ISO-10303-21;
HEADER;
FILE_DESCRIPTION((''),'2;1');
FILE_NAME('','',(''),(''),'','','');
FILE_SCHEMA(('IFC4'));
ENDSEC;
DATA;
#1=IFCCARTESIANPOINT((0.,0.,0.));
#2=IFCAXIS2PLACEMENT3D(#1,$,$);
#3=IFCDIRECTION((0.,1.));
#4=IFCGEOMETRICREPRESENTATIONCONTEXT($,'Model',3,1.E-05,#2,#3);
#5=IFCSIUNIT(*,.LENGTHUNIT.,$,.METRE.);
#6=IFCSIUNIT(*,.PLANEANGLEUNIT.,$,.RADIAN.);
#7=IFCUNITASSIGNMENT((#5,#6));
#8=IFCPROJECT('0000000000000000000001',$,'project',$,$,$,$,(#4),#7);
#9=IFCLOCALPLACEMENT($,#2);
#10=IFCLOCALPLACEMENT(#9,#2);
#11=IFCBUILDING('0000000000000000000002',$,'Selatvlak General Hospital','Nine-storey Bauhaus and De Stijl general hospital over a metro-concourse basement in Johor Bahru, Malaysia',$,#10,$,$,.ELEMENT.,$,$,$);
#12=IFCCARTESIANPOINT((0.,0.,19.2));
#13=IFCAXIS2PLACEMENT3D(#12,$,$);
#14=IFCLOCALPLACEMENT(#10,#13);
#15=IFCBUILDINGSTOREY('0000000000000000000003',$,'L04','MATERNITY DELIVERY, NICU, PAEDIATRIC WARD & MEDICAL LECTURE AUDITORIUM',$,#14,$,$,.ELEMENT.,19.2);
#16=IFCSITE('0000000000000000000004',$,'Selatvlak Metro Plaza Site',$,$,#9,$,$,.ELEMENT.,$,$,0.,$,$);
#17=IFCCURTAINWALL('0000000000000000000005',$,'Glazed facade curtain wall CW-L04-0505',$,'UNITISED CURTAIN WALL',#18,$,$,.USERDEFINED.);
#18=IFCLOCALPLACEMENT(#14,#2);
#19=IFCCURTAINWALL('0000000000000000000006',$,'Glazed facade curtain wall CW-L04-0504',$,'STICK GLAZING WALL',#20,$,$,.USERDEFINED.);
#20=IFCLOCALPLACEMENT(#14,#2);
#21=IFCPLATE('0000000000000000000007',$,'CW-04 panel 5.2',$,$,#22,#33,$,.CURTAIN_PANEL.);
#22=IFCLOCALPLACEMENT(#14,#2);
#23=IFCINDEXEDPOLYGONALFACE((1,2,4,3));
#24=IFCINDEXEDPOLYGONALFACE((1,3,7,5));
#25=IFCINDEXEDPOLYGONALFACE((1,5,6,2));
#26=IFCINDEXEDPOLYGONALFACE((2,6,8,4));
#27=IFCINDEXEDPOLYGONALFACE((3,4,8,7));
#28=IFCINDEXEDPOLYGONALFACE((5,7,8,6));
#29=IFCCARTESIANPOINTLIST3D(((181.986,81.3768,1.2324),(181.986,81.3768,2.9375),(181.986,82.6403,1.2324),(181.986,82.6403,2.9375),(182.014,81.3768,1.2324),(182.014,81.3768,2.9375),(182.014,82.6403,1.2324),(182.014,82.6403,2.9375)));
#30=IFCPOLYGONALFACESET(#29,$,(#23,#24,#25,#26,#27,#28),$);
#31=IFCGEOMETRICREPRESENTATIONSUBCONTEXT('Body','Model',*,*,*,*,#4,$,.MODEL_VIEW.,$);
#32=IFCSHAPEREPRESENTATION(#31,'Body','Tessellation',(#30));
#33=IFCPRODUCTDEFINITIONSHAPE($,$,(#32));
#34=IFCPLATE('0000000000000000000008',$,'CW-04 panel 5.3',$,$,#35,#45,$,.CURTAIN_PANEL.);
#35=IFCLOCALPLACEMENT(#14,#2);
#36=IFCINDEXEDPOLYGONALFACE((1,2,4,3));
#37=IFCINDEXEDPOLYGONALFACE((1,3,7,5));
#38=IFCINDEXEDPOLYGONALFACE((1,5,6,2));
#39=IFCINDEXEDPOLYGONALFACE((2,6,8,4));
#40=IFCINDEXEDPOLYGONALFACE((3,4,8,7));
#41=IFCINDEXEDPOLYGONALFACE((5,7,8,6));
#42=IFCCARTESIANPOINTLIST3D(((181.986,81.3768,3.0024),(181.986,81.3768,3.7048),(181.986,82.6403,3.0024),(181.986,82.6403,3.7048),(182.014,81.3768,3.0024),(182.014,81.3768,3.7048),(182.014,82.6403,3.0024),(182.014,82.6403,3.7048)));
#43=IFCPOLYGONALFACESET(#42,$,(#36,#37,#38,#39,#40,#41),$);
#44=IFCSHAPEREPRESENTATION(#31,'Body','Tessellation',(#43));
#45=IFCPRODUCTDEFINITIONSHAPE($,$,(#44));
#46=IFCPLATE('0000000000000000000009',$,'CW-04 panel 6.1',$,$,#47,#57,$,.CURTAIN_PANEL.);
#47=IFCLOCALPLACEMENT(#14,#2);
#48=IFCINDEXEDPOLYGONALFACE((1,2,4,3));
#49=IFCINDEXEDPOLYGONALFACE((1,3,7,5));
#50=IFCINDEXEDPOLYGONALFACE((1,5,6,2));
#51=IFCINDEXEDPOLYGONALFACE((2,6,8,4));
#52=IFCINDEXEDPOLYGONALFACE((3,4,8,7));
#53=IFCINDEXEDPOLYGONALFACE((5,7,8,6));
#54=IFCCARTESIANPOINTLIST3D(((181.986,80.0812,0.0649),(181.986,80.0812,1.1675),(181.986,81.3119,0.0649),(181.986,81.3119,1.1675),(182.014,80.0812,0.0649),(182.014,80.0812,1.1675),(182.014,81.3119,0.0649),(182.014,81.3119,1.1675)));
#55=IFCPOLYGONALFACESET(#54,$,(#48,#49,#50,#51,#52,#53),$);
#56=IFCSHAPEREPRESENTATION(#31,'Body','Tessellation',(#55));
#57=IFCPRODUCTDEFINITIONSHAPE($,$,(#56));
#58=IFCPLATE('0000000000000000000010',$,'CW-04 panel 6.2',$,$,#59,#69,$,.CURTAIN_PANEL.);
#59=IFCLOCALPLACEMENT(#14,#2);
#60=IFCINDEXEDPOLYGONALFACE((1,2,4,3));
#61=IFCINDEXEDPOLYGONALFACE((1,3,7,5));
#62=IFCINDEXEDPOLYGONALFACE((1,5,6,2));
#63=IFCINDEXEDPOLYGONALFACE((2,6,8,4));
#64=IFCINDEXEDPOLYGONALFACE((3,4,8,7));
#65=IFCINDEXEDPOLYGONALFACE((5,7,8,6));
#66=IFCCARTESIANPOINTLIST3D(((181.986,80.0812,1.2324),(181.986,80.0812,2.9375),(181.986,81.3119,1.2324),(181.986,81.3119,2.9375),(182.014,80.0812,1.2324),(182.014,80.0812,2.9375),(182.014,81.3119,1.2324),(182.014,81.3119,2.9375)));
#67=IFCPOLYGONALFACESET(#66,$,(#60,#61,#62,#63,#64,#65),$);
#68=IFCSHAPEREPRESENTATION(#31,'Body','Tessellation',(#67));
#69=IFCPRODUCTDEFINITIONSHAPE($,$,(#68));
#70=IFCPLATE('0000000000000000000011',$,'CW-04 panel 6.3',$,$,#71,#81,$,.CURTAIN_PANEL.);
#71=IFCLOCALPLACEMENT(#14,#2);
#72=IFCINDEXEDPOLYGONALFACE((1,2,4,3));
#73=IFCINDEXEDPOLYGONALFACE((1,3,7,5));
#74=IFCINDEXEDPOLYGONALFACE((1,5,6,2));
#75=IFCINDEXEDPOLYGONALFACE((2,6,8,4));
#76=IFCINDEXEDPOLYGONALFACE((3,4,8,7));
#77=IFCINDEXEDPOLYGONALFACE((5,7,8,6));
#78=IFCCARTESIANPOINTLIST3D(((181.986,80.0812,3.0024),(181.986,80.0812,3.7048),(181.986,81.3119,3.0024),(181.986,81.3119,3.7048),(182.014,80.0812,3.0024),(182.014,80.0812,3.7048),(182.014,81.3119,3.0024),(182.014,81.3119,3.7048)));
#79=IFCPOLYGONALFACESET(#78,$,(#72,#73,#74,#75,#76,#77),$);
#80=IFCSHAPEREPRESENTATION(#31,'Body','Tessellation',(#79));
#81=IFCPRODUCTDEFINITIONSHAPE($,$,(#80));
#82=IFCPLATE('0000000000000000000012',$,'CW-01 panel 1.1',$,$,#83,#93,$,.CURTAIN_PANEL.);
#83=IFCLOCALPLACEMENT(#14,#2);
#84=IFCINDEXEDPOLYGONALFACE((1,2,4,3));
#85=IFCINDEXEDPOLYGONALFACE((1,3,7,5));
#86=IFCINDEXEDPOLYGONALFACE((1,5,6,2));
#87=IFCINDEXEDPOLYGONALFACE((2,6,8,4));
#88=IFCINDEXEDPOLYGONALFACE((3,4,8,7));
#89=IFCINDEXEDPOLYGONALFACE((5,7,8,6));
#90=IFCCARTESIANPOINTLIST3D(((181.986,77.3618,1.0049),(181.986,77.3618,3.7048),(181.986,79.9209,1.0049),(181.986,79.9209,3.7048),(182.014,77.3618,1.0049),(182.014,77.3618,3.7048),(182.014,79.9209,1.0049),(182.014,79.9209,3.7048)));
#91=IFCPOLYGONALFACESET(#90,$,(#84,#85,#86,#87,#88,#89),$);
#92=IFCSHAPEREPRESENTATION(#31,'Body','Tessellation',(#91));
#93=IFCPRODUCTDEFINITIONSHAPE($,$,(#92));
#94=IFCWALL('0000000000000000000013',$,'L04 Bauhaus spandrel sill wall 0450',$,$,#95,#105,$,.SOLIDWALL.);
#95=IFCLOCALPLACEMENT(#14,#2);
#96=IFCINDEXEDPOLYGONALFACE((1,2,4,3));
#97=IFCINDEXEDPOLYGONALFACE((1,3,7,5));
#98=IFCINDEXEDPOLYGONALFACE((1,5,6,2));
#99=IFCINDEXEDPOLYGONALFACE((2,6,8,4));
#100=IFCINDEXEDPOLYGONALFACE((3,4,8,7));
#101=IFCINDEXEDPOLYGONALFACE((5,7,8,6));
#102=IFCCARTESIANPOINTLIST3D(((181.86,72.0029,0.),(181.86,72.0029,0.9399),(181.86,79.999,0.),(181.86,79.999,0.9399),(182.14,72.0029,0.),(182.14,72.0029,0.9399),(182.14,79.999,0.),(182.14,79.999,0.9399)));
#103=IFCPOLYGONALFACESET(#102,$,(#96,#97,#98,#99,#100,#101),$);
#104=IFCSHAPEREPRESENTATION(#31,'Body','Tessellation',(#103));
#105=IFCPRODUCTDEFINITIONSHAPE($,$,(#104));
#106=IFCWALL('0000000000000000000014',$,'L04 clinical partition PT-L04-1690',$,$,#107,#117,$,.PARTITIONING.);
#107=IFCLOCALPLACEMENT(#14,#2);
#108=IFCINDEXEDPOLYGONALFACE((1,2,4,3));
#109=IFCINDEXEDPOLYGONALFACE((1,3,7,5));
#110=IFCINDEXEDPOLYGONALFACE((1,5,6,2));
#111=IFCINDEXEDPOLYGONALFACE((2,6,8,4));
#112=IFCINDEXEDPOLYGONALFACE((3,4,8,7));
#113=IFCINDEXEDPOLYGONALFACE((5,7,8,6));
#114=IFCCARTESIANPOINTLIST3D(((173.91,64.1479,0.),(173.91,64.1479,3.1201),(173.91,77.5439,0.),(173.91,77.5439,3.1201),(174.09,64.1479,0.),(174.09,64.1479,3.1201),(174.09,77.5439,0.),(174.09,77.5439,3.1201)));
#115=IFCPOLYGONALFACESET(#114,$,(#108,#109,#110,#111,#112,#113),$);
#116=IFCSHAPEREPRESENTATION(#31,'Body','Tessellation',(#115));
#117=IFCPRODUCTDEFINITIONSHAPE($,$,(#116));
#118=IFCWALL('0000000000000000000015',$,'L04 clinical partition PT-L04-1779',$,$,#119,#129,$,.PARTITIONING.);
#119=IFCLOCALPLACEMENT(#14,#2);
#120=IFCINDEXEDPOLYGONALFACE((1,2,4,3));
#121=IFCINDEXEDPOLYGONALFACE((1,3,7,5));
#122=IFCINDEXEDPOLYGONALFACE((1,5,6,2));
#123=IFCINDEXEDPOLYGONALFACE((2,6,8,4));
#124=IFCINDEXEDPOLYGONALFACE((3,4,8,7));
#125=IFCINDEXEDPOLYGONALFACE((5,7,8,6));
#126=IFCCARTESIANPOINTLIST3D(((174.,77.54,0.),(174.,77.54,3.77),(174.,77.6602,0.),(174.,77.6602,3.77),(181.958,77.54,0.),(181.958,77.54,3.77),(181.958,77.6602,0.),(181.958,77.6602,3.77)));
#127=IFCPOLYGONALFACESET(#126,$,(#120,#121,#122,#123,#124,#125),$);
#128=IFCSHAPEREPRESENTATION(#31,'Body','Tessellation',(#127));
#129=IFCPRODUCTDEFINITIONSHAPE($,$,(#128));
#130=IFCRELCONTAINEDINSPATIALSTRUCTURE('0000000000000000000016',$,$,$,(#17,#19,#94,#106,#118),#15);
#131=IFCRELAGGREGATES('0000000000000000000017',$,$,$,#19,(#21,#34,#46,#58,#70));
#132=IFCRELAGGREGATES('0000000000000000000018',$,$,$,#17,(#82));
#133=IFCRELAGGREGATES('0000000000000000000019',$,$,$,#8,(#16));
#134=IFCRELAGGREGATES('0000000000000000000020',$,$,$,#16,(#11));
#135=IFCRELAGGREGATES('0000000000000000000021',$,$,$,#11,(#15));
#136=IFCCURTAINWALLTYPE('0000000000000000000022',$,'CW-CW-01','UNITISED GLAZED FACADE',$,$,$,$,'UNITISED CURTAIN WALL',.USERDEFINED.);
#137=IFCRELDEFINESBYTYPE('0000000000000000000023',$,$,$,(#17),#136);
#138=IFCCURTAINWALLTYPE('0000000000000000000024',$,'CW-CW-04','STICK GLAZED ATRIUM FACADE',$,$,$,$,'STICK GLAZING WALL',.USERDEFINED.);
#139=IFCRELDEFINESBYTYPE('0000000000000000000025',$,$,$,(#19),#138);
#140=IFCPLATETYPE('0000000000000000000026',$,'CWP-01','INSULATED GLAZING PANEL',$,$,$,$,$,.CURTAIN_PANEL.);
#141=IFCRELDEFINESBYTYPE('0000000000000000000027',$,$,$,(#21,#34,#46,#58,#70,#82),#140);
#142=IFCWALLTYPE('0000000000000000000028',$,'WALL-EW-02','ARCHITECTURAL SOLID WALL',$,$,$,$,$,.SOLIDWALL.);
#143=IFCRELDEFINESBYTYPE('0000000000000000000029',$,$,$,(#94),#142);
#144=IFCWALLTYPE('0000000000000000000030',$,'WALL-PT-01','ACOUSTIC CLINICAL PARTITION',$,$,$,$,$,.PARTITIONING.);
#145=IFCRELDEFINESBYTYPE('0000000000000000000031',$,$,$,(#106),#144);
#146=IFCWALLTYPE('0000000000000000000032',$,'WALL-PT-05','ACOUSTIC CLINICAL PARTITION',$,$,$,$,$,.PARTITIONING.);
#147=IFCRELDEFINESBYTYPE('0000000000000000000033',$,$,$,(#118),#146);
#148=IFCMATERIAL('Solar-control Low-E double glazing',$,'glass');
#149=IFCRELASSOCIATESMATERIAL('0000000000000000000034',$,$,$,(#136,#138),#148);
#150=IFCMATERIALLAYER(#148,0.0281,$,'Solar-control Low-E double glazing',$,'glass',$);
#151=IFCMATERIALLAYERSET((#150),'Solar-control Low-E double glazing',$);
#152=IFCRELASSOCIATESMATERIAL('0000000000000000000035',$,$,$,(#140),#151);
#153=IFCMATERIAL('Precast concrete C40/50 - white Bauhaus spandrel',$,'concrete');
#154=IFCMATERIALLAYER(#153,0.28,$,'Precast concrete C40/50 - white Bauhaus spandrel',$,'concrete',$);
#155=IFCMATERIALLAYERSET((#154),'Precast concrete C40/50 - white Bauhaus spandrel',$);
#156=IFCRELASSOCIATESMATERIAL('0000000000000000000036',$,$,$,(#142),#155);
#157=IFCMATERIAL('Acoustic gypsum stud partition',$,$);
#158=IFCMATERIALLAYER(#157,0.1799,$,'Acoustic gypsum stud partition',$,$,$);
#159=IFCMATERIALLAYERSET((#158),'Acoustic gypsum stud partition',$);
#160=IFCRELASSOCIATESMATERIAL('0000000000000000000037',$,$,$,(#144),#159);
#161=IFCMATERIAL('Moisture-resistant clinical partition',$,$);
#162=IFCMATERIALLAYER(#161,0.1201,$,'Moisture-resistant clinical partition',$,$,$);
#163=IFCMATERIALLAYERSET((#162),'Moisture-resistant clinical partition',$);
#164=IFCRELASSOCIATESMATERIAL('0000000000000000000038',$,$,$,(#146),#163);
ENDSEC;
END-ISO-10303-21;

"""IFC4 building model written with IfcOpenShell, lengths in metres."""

from ifc_helpers import new_model, si_unit, direction, frame, frame_2d, origin, origin_2d, place, context, subcontext, project, spatial, rectangle, extrude, material, layer, layer_set, type_object, element, aggregate, save


model = new_model("IFC4")

# Units and contexts
model_context = context("Model", 3, precision=1e-05, world=origin(), true_north=direction((0.0, 1.0)))
body_context = subcontext(model_context, "Body", "Model", "MODEL_VIEW")
ifc_project = project(units=[si_unit("LENGTHUNIT", "METRE"), si_unit("PLANEANGLEUNIT", "RADIAN")], contexts=[model_context])

# Site, building, storey
site_placement = place(None, origin())
site = spatial("IfcSite", under=ifc_project, at=site_placement, Name="Selatvlak Metro Plaza Site", CompositionType="ELEMENT", RefElevation=0.0)
building_placement = place(site_placement, origin())
building = spatial("IfcBuilding", under=site, at=building_placement, Name="Selatvlak General Hospital", Description="Nine-storey Bauhaus and De Stijl general hospital over a metro-concourse basement in Johor Bahru, Malaysia", CompositionType="ELEMENT")
storey_placement = place(building_placement, frame((0.0, 0.0, 19.2)))
storey = spatial("IfcBuildingStorey", under=building, at=storey_placement, Name="L04", Description="MATERNITY DELIVERY, NICU, PAEDIATRIC WARD & MEDICAL LECTURE AUDITORIUM", CompositionType="ELEMENT", Elevation=19.2)

# Curtain wall
ifc_material_1 = material(Name="Solar-control Low-E double glazing", Category="glass")
curtain_wall_type_1 = type_object("IfcCurtainWallType", Name="CW-CW-01", Description="UNITISED GLAZED FACADE", ElementType="UNITISED CURTAIN WALL", PredefinedType="USERDEFINED", material=ifc_material_1)
curtain_wall_1_placement = place(storey_placement, origin())
curtain_wall_1 = element("IfcCurtainWall", 1, at=curtain_wall_1_placement, inside=storey, type_object=curtain_wall_type_1, Name="Glazed facade curtain wall CW-L04-0505", ObjectType="UNITISED CURTAIN WALL", PredefinedType="USERDEFINED")

# Curtain wall
curtain_wall_type_2 = type_object("IfcCurtainWallType", Name="CW-CW-04", Description="STICK GLAZED ATRIUM FACADE", ElementType="STICK GLAZING WALL", PredefinedType="USERDEFINED", material=ifc_material_1)
curtain_wall_2_placement = place(storey_placement, origin())
curtain_wall_2 = element("IfcCurtainWall", 2, at=curtain_wall_2_placement, inside=storey, type_object=curtain_wall_type_2, Name="Glazed facade curtain wall CW-L04-0504", ObjectType="STICK GLAZING WALL", PredefinedType="USERDEFINED")

# Plates
ifc_layer_1 = layer(ifc_material_1, 0.0281, Name="Solar-control Low-E double glazing", Category="glass")
ifc_layer_set_1 = layer_set([ifc_layer_1], Name="Solar-control Low-E double glazing")
plate_type = type_object("IfcPlateType", Name="CWP-01", Description="INSULATED GLAZING PANEL", PredefinedType="CURTAIN_PANEL", material=ifc_layer_set_1)
plate_1_placement = place(storey_placement, frame((182.0, 82.0085, 1.2324), z_axis=(0.0, 0.0, 1.0), x_axis=(0.0, -1.0, 0.0)))
plate_1 = element("IfcPlate", 3, at=plate_1_placement, type_object=plate_type, Name="CW-04 panel 5.2", PredefinedType="CURTAIN_PANEL", context=body_context, shape_type="SweptSolid", body=[
    extrude(rectangle(XDim=1.2634, YDim=0.0281, at=origin_2d()), origin(), (0.0, 0.0, 1.0), 1.7051),
])
plate_2_placement = place(storey_placement, frame((182.0, 82.0085, 3.0024), z_axis=(0.0, 0.0, 1.0), x_axis=(0.0, -1.0, 0.0)))
plate_2 = element("IfcPlate", 4, at=plate_2_placement, type_object=plate_type, Name="CW-04 panel 5.3", PredefinedType="CURTAIN_PANEL", context=body_context, shape_type="SweptSolid", body=[
    extrude(rectangle(XDim=1.2634, YDim=0.0281, at=origin_2d()), origin(), (0.0, 0.0, 1.0), 0.7024),
])
plate_3_placement = place(storey_placement, frame((182.0, 80.6965, 0.0649), z_axis=(0.0, 0.0, 1.0), x_axis=(0.0, -1.0, 0.0)))
plate_3 = element("IfcPlate", 5, at=plate_3_placement, type_object=plate_type, Name="CW-04 panel 6.1", PredefinedType="CURTAIN_PANEL", context=body_context, shape_type="SweptSolid", body=[
    extrude(rectangle(XDim=1.2307, YDim=0.0281, at=origin_2d()), origin(), (0.0, 0.0, 1.0), 1.1025),
])
plate_4_placement = place(storey_placement, frame((182.0, 80.6965, 1.2324), z_axis=(0.0, 0.0, 1.0), x_axis=(0.0, -1.0, 0.0)))
plate_4 = element("IfcPlate", 6, at=plate_4_placement, type_object=plate_type, Name="CW-04 panel 6.2", PredefinedType="CURTAIN_PANEL", context=body_context, shape_type="SweptSolid", body=[
    extrude(rectangle(XDim=1.2307, YDim=0.0281, at=origin_2d()), origin(), (0.0, 0.0, 1.0), 1.7051),
])
plate_5_placement = place(storey_placement, frame((182.0, 80.6965, 3.0024), z_axis=(0.0, 0.0, 1.0), x_axis=(0.0, -1.0, 0.0)))
plate_5 = element("IfcPlate", 7, at=plate_5_placement, type_object=plate_type, Name="CW-04 panel 6.3", PredefinedType="CURTAIN_PANEL", context=body_context, shape_type="SweptSolid", body=[
    extrude(rectangle(XDim=1.2307, YDim=0.0281, at=origin_2d()), origin(), (0.0, 0.0, 1.0), 0.7024),
])
aggregate(curtain_wall_2, [plate_1, plate_2, plate_3, plate_4, plate_5])
plate_6_placement = place(storey_placement, frame((182.0, 78.6414, 1.0049), z_axis=(0.0, 0.0, 1.0), x_axis=(0.0, -1.0, 0.0)))
plate_6 = element("IfcPlate", 8, at=plate_6_placement, type_object=plate_type, Name="CW-01 panel 1.1", PredefinedType="CURTAIN_PANEL", context=body_context, shape_type="SweptSolid", body=[
    extrude(rectangle(XDim=2.5591, YDim=0.0281, at=origin_2d()), origin(), (0.0, 0.0, 1.0), 2.7),
])
aggregate(curtain_wall_1, [plate_6])

# Walls
ifc_material_2 = material(Name="Precast concrete C40/50 - white Bauhaus spandrel", Category="concrete")
ifc_layer_2 = layer(ifc_material_2, 0.28, Name="Precast concrete C40/50 - white Bauhaus spandrel", Category="concrete")
ifc_layer_set_2 = layer_set([ifc_layer_2], Name="Precast concrete C40/50 - white Bauhaus spandrel")
wall_type_1 = type_object("IfcWallType", Name="WALL-EW-02", Description="ARCHITECTURAL SOLID WALL", PredefinedType="SOLIDWALL", material=ifc_layer_set_2)
wall_1_placement = place(storey_placement, frame((182.0, 79.999, 0.0), z_axis=(0.0, 0.0, 1.0), x_axis=(0.0, -1.0, 0.0)))
element("IfcWall", 9, at=wall_1_placement, inside=storey, type_object=wall_type_1, Name="L04 Bauhaus spandrel sill wall 0450", PredefinedType="SOLIDWALL", context=body_context, shape_type="SweptSolid", body=[
    extrude(rectangle(XDim=7.9961, YDim=0.28, at=frame_2d((3.998, 0.0))), origin(), (0.0, 0.0, 1.0), 0.9399),
])
ifc_material_3 = material(Name="Acoustic gypsum stud partition")
ifc_layer_3 = layer(ifc_material_3, 0.1799, Name="Acoustic gypsum stud partition")
ifc_layer_set_3 = layer_set([ifc_layer_3], Name="Acoustic gypsum stud partition")
wall_type_2 = type_object("IfcWallType", Name="WALL-PT-01", Description="ACOUSTIC CLINICAL PARTITION", PredefinedType="PARTITIONING", material=ifc_layer_set_3)
wall_2_placement = place(storey_placement, frame((174.0, 77.5439, 0.0), z_axis=(0.0, 0.0, 1.0), x_axis=(0.0, -1.0, 0.0)))
element("IfcWall", 10, at=wall_2_placement, inside=storey, type_object=wall_type_2, Name="L04 clinical partition PT-L04-1690", PredefinedType="PARTITIONING", context=body_context, shape_type="SweptSolid", body=[
    extrude(rectangle(XDim=13.396, YDim=0.1799, at=frame_2d((6.698, 0.0))), origin(), (0.0, 0.0, 1.0), 3.1201),
])
ifc_material_4 = material(Name="Moisture-resistant clinical partition")
ifc_layer_4 = layer(ifc_material_4, 0.1201, Name="Moisture-resistant clinical partition")
ifc_layer_set_4 = layer_set([ifc_layer_4], Name="Moisture-resistant clinical partition")
wall_type_3 = type_object("IfcWallType", Name="WALL-PT-05", Description="ACOUSTIC CLINICAL PARTITION", PredefinedType="PARTITIONING", material=ifc_layer_set_4)
wall_3_placement = place(storey_placement, frame((181.958, 77.6001, 0.0), z_axis=(0.0, 0.0, 1.0), x_axis=(-1.0, 0.0, 0.0)))
element("IfcWall", 11, at=wall_3_placement, inside=storey, type_object=wall_type_3, Name="L04 clinical partition PT-L04-1779", PredefinedType="PARTITIONING", context=body_context, shape_type="SweptSolid", body=[
    extrude(rectangle(XDim=7.958, YDim=0.1201, at=frame_2d((3.979, 0.0))), origin(), (0.0, 0.0, 1.0), 3.77),
])

save(model, "model.ifc")
